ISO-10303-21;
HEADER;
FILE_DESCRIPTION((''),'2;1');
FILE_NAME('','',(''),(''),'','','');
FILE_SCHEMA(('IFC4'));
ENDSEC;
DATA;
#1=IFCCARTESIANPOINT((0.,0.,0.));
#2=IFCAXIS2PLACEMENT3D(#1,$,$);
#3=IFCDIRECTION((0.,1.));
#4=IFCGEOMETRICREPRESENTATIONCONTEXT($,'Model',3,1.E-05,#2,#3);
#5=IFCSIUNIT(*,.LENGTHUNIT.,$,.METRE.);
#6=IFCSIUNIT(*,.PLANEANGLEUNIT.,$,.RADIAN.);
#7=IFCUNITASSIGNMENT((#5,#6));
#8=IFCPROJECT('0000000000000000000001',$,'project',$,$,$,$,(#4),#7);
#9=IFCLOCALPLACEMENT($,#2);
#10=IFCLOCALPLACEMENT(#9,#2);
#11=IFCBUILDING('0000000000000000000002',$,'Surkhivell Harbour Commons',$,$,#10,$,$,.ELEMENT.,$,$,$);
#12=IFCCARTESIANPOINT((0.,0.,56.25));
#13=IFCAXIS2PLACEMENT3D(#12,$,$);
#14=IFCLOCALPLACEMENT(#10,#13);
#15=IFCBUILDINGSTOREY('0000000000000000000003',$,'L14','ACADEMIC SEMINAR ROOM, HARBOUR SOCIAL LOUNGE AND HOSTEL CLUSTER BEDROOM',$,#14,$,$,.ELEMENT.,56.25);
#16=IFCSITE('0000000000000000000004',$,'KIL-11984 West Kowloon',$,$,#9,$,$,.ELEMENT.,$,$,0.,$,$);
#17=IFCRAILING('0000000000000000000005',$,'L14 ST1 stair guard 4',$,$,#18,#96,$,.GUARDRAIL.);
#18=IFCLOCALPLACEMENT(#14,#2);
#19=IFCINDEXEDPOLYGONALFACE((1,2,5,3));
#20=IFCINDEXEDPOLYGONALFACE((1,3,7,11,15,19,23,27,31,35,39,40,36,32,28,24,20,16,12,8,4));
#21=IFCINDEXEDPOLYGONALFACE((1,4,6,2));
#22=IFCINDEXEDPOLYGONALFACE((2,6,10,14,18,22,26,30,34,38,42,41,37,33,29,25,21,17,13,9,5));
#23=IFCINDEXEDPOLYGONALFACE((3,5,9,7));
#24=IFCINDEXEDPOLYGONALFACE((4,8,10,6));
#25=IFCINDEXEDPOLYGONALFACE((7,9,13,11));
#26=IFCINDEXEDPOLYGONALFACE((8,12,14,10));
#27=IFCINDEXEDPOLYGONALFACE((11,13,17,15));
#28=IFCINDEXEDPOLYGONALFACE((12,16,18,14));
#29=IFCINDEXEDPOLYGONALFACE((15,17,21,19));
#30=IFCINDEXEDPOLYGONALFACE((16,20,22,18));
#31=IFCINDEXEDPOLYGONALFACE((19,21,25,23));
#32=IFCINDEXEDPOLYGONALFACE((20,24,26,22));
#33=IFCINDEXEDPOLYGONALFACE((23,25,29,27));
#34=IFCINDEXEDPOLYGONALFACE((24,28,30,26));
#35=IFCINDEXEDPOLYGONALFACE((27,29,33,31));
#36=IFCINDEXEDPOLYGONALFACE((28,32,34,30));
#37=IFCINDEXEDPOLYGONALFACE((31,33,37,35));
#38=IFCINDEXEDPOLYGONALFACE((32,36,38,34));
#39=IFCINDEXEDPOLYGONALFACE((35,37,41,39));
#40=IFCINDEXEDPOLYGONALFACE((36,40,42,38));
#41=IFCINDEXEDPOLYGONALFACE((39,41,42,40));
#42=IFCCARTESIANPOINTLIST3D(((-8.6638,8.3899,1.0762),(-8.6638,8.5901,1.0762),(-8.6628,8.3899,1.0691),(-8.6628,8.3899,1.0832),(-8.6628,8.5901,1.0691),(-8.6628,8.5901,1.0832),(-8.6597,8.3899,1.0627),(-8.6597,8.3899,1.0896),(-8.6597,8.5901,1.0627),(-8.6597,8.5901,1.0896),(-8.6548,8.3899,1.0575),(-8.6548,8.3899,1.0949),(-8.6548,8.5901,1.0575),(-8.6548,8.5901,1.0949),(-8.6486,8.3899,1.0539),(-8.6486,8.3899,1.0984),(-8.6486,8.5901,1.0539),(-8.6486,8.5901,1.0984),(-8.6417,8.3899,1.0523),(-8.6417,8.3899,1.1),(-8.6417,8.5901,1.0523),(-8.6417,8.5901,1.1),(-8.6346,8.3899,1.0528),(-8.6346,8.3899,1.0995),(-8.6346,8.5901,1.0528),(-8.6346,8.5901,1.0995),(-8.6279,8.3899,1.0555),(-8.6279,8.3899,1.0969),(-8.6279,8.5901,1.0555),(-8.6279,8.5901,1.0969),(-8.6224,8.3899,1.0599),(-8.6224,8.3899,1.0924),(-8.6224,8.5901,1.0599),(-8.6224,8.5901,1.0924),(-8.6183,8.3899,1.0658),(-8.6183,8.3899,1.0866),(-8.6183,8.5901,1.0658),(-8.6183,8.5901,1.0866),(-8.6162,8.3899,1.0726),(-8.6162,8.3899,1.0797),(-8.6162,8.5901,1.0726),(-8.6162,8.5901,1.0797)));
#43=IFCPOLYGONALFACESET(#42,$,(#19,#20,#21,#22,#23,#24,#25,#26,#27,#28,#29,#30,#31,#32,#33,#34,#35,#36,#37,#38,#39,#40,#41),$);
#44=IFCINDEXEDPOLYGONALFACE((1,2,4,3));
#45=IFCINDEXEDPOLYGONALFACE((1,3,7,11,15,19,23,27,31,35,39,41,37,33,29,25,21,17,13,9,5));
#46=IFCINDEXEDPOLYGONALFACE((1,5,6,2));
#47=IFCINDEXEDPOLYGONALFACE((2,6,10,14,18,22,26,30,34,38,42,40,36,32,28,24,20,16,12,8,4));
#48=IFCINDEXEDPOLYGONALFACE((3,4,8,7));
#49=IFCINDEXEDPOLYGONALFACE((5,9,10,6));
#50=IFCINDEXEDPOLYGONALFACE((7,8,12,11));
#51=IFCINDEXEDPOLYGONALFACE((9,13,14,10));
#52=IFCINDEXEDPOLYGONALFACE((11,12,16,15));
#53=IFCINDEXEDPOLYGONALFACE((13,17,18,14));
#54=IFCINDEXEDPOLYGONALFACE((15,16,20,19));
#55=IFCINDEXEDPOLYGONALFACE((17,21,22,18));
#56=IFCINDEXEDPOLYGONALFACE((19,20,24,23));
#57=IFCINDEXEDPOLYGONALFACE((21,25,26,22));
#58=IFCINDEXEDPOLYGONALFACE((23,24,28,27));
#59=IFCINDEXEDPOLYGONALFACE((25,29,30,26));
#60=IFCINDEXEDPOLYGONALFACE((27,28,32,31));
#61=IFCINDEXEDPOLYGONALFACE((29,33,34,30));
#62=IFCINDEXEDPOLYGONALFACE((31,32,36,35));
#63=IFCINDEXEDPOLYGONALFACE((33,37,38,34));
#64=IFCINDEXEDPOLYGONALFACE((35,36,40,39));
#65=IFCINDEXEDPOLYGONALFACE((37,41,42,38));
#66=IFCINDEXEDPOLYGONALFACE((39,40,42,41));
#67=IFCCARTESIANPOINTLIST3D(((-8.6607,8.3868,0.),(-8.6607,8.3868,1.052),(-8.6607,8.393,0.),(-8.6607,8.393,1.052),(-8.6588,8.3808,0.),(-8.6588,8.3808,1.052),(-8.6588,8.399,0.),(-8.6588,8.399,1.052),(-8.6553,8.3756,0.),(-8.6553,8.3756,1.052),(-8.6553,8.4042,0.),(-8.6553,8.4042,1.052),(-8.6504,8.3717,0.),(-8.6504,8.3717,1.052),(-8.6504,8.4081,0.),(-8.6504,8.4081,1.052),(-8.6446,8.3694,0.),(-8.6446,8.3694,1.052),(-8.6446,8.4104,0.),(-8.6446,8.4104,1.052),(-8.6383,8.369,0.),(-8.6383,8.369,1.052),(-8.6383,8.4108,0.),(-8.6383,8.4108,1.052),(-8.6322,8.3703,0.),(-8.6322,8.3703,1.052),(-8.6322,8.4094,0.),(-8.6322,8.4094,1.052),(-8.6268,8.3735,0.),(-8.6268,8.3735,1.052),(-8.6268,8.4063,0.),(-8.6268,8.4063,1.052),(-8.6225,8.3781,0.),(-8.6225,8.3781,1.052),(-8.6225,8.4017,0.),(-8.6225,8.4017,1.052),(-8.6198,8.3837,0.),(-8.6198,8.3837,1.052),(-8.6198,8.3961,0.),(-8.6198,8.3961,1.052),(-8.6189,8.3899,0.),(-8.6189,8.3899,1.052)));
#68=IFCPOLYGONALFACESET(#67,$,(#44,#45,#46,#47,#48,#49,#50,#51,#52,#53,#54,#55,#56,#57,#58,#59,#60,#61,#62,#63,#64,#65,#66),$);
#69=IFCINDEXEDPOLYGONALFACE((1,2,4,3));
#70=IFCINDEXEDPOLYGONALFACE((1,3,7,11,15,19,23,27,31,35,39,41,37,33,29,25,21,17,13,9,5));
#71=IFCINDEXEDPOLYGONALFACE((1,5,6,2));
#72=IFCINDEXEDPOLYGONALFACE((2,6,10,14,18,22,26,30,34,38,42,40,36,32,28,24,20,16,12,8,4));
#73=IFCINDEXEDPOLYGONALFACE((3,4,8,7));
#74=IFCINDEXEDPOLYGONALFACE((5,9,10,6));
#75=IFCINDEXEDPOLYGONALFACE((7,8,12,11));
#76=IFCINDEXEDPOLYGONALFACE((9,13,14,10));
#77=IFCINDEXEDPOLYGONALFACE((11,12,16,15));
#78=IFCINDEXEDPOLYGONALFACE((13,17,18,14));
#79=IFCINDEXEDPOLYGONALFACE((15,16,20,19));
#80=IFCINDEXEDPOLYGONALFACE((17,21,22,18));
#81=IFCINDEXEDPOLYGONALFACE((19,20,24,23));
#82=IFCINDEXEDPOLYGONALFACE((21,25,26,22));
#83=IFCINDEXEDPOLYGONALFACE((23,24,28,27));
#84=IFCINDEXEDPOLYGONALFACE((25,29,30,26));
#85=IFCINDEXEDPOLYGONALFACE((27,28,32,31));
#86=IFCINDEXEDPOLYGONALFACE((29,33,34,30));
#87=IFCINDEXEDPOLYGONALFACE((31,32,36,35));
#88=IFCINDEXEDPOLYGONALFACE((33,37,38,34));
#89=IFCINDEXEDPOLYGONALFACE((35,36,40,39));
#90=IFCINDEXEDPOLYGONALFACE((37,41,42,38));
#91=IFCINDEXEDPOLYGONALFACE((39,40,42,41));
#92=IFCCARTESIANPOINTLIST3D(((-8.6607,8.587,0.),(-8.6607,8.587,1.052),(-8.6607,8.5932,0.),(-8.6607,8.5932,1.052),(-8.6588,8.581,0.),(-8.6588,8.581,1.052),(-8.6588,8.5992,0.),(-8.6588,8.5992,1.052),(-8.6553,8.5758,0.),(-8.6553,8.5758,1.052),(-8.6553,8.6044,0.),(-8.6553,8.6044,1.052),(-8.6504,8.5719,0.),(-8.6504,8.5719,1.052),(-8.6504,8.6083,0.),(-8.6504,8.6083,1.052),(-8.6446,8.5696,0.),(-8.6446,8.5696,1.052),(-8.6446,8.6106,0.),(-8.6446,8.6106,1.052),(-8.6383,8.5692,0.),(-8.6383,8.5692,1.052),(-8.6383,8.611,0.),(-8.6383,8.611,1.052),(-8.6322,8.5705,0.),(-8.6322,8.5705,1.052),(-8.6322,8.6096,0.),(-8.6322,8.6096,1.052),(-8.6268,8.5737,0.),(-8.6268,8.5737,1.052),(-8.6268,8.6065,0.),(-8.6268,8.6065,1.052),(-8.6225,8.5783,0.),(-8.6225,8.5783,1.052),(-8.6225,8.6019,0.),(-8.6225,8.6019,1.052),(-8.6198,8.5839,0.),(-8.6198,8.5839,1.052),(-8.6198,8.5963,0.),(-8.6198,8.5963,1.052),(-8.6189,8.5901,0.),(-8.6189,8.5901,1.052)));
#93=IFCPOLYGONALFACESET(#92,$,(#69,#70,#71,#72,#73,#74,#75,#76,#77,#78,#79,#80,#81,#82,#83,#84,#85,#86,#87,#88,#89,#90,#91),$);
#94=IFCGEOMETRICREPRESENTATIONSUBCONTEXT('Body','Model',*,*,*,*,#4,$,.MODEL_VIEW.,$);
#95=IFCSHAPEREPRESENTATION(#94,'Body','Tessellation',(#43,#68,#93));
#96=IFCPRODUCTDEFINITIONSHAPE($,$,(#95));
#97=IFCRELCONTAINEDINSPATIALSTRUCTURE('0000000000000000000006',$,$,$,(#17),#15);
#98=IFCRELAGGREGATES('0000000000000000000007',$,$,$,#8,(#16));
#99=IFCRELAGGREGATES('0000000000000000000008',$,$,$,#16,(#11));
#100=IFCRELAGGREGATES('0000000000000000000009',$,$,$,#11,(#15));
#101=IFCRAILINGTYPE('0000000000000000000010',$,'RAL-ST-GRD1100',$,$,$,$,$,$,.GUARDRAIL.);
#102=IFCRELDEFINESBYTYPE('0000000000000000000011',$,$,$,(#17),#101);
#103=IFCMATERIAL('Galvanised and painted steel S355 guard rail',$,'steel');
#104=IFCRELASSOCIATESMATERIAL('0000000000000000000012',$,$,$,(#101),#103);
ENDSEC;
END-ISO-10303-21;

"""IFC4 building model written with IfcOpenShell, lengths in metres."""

from ifc_helpers import new_model, si_unit, direction, frame, origin, origin_2d, place, context, subcontext, project, spatial, circle, extrude, material, type_object, element, save


model = new_model("IFC4")

# Units and contexts
model_context = context("Model", 3, precision=1e-05, world=origin(), true_north=direction((0.0, 1.0)))
body_context = subcontext(model_context, "Body", "Model", "MODEL_VIEW")
ifc_project = project(units=[si_unit("LENGTHUNIT", "METRE"), si_unit("PLANEANGLEUNIT", "RADIAN")], contexts=[model_context])

# Site, building, storey
site_placement = place(None, origin())
site = spatial("IfcSite", under=ifc_project, at=site_placement, Name="KIL-11984 West Kowloon", CompositionType="ELEMENT", RefElevation=0.0)
building_placement = place(site_placement, origin())
building = spatial("IfcBuilding", under=site, at=building_placement, Name="Surkhivell Harbour Commons", CompositionType="ELEMENT")
storey_placement = place(building_placement, frame((0.0, 0.0, 56.25)))
storey = spatial("IfcBuildingStorey", under=building, at=storey_placement, Name="L14", Description="ACADEMIC SEMINAR ROOM, HARBOUR SOCIAL LOUNGE AND HOSTEL CLUSTER BEDROOM", CompositionType="ELEMENT", Elevation=56.25)

# Railing
ifc_material_1 = material(Name="Galvanised and painted steel S355 guard rail", Category="steel")
railing_type_1 = type_object("IfcRailingType", Name="RAL-ST-GRD1100", PredefinedType="GUARDRAIL", material=ifc_material_1)
railing_1_placement = place(storey_placement, frame((-8.6399, 8.3899, 0.0)))
element("IfcRailing", 1, at=railing_1_placement, inside=storey, type_object=railing_type_1, Name="L14 ST1 stair guard 4", PredefinedType="GUARDRAIL", context=body_context, shape_type="SweptSolid", body=[
    extrude(circle(Radius=0.0239, at=origin_2d()), frame((0.0, 0.0, 1.0762), z_axis=(0.0, 1.0, 0.0), x_axis=(-1.0, 0.0, 0.0)), (0.0, 0.0, 1.0), 0.2002),
    extrude(circle(Radius=0.021, at=origin_2d()), origin(), (0.0, 0.0, 1.0), 1.052),
    extrude(circle(Radius=0.021, at=origin_2d()), frame((0.0, 0.2002, 0.0)), (0.0, 0.0, 1.0), 1.052),
])

save(model, "model.ifc")
